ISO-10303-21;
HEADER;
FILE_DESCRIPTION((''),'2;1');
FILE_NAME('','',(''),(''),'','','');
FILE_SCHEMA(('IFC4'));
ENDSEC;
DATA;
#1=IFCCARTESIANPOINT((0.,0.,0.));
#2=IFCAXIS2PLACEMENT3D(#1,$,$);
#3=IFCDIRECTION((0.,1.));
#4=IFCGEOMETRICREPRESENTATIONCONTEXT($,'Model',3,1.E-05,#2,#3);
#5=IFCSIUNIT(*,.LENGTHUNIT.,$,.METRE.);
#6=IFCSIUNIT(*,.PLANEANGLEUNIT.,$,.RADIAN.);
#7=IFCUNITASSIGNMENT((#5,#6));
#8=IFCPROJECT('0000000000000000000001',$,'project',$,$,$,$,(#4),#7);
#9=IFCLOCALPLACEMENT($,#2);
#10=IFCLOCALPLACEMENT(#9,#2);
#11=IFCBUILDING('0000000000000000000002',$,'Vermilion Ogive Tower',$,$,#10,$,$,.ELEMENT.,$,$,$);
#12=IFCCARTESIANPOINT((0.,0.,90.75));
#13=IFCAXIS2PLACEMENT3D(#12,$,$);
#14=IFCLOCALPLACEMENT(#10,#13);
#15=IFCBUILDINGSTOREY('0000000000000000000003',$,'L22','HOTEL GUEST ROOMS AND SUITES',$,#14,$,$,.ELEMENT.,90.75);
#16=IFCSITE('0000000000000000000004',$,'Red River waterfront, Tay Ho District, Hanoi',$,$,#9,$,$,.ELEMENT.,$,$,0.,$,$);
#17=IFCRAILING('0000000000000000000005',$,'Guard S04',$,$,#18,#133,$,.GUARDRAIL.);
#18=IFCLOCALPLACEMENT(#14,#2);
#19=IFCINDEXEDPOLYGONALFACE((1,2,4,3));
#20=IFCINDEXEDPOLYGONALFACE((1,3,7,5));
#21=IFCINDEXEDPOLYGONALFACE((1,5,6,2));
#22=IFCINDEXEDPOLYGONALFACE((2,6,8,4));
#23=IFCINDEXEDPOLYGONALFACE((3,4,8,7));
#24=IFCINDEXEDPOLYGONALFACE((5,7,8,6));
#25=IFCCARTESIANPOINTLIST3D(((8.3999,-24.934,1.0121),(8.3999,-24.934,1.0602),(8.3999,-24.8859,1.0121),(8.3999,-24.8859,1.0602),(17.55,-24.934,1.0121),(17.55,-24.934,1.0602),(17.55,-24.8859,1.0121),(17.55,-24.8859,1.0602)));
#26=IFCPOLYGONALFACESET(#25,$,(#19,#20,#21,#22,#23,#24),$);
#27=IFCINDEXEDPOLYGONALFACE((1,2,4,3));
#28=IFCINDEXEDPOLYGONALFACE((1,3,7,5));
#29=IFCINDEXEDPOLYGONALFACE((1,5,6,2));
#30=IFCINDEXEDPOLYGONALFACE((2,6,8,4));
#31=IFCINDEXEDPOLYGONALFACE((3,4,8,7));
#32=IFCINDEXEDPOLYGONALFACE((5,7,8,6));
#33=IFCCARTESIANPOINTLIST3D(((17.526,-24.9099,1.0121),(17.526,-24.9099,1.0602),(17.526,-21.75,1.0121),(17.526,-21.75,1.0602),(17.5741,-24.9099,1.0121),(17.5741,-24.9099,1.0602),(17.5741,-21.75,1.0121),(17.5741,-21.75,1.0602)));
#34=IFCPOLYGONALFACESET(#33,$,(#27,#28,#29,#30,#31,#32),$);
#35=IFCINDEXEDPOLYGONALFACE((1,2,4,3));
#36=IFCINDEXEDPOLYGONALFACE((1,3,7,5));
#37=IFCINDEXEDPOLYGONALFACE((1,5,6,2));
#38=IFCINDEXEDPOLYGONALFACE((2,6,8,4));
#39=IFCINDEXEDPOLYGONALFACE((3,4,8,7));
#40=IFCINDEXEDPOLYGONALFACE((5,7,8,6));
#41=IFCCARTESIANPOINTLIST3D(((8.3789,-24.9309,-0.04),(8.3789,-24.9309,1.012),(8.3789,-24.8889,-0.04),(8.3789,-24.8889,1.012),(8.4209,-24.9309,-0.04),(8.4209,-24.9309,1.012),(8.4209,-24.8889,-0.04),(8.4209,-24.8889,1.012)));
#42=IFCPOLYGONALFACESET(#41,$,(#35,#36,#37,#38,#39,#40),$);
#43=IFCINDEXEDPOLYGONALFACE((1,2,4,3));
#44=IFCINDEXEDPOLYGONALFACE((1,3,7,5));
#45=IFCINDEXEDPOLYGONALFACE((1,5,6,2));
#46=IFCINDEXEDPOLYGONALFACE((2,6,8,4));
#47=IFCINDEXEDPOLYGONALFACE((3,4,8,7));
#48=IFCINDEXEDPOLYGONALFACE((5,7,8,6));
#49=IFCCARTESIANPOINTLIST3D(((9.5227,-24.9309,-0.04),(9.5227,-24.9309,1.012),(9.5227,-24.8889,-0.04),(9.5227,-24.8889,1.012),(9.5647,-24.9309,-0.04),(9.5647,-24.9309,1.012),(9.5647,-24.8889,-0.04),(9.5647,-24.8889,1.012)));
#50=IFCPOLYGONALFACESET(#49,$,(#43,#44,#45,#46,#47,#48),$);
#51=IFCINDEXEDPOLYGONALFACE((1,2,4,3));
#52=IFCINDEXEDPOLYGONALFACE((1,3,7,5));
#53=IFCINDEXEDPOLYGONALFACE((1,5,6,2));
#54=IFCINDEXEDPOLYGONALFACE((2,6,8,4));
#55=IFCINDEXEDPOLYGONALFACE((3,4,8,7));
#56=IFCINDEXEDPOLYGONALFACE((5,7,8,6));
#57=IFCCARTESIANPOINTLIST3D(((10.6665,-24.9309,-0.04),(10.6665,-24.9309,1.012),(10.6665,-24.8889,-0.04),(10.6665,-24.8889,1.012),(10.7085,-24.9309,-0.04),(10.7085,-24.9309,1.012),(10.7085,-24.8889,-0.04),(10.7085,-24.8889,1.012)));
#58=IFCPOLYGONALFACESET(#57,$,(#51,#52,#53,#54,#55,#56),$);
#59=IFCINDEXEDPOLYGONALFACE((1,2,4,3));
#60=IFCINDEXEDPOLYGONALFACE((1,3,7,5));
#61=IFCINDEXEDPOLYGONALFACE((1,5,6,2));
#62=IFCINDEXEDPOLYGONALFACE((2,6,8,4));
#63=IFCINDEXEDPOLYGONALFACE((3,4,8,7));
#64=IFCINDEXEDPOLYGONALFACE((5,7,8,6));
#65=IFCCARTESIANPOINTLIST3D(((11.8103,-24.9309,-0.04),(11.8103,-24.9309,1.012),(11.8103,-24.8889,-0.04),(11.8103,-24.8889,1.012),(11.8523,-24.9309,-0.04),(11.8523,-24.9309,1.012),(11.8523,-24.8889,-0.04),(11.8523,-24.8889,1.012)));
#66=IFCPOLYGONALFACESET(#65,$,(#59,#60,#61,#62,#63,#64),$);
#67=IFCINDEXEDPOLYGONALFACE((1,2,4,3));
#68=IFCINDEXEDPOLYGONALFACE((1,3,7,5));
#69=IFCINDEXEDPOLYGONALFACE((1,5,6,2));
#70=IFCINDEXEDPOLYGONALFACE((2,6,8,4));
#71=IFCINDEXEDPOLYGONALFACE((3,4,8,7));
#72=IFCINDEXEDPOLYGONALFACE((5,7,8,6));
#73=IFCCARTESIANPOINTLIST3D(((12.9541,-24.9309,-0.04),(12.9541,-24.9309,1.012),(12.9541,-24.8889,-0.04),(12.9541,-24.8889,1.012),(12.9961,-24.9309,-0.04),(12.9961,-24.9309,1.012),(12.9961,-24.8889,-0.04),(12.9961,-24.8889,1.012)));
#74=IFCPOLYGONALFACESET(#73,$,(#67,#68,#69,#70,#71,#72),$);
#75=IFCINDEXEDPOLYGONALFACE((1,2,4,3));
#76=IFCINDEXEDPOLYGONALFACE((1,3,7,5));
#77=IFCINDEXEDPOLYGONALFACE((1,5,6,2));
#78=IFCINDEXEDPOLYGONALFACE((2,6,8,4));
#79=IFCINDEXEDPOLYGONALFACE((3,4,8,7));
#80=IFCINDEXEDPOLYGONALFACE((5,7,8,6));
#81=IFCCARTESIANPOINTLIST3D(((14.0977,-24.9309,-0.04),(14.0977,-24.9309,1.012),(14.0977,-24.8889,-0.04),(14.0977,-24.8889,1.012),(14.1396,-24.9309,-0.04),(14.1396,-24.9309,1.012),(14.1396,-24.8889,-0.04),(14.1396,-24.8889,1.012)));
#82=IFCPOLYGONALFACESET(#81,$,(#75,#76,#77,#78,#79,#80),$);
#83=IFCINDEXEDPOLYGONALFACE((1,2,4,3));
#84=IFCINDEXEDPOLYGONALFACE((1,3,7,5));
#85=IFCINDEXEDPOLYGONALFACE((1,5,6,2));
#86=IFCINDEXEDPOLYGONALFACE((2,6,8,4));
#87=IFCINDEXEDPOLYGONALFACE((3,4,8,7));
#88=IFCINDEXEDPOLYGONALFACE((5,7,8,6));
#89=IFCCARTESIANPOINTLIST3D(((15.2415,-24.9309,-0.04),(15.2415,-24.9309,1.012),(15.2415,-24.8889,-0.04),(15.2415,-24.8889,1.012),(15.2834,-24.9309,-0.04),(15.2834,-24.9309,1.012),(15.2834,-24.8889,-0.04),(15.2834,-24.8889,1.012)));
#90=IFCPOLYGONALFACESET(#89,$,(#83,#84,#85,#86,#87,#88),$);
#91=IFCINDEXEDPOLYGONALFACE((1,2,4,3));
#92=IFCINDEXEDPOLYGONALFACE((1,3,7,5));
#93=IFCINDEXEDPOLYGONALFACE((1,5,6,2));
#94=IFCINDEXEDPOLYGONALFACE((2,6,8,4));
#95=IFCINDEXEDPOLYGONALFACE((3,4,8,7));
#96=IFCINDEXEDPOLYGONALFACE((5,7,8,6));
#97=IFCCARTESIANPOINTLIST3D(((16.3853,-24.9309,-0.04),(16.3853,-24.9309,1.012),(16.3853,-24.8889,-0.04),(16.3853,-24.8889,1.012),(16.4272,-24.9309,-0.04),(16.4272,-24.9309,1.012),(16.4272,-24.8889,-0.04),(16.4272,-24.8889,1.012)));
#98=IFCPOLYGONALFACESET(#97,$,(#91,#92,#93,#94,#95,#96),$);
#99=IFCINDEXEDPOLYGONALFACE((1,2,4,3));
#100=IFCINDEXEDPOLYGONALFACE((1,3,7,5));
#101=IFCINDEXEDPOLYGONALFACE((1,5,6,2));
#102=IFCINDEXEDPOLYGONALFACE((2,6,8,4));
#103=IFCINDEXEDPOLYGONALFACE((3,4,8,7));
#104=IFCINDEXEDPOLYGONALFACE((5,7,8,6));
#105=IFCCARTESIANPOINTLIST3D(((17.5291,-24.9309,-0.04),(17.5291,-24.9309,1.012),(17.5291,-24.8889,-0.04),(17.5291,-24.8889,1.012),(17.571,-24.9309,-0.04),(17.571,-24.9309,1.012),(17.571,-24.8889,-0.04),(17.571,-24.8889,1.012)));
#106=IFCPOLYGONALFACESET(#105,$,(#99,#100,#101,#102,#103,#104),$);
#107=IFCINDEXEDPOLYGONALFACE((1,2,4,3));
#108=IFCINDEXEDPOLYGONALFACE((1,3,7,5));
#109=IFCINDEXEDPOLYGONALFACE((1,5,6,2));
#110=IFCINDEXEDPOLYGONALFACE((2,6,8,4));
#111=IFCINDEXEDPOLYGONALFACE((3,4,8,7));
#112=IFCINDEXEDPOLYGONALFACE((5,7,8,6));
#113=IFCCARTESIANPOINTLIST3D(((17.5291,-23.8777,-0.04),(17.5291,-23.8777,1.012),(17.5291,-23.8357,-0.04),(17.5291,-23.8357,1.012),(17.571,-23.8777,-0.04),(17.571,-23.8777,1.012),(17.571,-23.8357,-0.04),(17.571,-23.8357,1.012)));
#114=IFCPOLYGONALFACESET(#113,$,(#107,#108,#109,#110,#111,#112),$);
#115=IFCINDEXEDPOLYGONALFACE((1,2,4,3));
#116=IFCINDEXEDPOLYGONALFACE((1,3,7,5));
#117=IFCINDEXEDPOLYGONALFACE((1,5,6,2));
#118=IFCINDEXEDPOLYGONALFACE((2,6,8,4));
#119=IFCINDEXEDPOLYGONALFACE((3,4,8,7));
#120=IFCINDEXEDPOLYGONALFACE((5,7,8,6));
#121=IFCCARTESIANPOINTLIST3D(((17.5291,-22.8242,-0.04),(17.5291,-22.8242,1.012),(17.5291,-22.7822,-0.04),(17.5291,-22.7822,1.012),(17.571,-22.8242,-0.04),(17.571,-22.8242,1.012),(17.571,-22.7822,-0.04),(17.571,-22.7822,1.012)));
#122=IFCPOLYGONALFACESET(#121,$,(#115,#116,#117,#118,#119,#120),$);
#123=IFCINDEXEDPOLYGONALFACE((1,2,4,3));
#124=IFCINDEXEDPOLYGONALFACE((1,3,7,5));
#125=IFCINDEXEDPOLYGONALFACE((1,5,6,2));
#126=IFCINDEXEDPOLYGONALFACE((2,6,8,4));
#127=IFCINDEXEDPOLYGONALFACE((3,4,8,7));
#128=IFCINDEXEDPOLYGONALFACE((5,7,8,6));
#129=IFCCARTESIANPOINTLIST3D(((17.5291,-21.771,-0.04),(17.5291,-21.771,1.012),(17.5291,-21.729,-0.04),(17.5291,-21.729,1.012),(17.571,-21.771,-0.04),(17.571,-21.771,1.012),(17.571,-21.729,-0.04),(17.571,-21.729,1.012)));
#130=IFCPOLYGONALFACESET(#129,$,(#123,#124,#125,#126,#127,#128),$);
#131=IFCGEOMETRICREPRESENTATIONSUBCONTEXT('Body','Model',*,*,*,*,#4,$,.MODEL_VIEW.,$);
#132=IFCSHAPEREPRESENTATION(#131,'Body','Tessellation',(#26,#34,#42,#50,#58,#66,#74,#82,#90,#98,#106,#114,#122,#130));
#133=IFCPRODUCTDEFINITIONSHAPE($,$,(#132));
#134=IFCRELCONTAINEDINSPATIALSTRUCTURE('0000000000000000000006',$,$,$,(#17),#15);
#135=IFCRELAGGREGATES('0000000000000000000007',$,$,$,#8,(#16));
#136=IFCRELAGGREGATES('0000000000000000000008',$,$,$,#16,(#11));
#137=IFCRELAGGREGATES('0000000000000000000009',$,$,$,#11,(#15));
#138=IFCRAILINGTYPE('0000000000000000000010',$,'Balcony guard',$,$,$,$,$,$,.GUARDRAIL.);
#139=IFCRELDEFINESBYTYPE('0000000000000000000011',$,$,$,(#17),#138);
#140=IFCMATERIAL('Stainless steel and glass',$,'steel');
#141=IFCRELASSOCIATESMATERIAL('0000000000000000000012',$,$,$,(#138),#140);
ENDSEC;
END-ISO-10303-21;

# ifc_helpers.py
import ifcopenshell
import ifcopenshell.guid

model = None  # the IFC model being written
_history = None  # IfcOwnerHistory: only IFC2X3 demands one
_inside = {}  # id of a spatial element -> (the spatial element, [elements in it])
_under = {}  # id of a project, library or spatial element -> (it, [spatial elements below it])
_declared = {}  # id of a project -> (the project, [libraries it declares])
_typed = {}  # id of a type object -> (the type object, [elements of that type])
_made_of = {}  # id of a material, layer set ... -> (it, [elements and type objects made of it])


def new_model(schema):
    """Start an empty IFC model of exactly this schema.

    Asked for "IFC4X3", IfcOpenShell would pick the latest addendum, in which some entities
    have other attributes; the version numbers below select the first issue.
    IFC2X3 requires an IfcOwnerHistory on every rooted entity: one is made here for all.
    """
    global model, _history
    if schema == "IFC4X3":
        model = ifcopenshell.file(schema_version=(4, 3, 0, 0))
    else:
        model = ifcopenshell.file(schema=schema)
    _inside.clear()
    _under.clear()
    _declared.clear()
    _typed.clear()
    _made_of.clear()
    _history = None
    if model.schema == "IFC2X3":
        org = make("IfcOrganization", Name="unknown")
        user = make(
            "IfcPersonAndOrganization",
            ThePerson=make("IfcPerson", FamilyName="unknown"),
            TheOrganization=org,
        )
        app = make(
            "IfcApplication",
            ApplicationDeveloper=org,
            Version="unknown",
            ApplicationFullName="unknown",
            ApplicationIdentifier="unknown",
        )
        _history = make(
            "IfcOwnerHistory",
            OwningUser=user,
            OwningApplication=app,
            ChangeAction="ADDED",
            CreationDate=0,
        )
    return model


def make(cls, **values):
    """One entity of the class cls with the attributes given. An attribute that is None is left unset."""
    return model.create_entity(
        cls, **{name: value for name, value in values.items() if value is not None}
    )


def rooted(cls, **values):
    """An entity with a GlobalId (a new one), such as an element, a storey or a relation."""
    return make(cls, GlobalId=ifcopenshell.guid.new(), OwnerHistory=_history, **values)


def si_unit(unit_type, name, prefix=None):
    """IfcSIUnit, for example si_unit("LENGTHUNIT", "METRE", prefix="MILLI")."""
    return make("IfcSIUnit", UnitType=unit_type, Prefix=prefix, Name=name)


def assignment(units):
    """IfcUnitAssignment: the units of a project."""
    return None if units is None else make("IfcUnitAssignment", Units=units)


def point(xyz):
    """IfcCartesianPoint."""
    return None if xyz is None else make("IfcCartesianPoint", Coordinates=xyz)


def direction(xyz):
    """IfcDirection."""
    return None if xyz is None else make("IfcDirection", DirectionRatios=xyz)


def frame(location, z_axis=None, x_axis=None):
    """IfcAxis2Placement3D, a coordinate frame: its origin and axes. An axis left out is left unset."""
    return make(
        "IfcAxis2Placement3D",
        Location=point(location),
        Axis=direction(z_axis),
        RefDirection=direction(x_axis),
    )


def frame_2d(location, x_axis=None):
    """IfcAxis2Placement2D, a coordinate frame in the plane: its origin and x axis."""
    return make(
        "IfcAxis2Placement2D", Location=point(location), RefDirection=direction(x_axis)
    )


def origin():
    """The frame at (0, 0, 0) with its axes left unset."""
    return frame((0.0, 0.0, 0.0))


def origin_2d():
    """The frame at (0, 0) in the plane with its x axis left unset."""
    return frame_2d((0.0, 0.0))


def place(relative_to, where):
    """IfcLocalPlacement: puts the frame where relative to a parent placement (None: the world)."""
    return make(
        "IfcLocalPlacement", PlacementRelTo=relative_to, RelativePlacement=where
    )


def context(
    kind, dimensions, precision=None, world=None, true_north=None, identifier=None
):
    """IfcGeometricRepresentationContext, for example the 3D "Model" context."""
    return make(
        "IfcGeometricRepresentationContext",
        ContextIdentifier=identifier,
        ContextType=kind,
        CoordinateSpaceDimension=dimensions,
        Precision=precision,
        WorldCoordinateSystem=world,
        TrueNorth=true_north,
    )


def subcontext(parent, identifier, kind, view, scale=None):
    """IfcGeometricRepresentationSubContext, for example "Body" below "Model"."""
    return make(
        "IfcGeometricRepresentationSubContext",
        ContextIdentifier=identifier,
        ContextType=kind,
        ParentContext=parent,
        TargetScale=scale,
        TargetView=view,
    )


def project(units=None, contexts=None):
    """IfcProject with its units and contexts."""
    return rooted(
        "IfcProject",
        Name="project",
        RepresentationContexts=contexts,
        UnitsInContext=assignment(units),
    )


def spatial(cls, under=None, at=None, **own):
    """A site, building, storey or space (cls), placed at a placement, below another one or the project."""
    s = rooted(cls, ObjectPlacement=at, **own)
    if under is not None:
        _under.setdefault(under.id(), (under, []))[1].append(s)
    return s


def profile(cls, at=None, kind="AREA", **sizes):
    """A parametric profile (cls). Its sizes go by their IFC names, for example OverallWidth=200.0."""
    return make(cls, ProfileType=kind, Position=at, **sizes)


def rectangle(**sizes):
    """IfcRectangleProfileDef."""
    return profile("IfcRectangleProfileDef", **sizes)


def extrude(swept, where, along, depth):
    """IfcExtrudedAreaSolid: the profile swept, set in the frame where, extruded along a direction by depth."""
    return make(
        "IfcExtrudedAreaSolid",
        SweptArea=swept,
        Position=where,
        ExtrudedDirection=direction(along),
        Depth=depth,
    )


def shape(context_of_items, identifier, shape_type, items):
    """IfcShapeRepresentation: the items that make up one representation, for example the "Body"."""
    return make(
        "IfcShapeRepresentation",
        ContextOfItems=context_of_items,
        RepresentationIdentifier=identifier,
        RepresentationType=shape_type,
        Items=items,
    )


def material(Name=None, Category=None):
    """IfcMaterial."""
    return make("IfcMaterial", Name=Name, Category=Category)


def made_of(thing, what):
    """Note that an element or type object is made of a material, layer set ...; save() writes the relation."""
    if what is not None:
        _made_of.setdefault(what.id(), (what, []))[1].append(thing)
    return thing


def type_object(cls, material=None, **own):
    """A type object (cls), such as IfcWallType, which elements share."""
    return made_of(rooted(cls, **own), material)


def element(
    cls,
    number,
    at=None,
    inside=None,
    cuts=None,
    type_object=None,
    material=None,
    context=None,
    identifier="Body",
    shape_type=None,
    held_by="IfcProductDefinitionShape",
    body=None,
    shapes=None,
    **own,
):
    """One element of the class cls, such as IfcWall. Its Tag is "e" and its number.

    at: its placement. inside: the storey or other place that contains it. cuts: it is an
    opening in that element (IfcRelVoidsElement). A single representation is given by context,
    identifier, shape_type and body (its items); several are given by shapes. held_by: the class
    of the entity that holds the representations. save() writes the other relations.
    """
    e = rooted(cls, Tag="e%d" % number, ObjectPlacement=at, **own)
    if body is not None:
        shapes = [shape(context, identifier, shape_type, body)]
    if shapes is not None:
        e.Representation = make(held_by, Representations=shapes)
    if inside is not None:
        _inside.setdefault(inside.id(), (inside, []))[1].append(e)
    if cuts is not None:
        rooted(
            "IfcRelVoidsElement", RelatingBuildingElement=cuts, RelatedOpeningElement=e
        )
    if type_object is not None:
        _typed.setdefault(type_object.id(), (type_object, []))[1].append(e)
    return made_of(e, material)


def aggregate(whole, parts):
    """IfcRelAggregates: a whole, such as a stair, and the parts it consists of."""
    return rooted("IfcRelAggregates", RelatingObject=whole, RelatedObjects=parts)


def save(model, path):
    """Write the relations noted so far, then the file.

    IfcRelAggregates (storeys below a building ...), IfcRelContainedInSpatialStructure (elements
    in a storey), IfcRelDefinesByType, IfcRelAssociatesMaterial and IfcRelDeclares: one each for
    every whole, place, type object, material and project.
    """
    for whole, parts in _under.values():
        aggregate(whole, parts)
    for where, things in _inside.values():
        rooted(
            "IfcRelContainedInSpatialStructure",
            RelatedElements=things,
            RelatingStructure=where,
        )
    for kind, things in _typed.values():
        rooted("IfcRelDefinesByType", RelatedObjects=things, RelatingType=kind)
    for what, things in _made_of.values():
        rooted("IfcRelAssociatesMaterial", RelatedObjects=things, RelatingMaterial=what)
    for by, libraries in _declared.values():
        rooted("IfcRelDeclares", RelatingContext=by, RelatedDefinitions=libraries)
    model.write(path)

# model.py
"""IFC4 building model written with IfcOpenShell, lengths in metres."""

from ifc_helpers import new_model, si_unit, direction, frame, origin, origin_2d, place, context, subcontext, project, spatial, rectangle, extrude, material, type_object, element, save


model = new_model("IFC4")

# Units and contexts
model_context = context("Model", 3, precision=1e-05, world=origin(), true_north=direction((0.0, 1.0)))
body_context = subcontext(model_context, "Body", "Model", "MODEL_VIEW")
ifc_project = project(units=[si_unit("LENGTHUNIT", "METRE"), si_unit("PLANEANGLEUNIT", "RADIAN")], contexts=[model_context])

# Site, building, storey
site_placement = place(None, origin())
site = spatial("IfcSite", under=ifc_project, at=site_placement, Name="Red River waterfront, Tay Ho District, Hanoi", CompositionType="ELEMENT", RefElevation=0.0)
building_placement = place(site_placement, origin())
building = spatial("IfcBuilding", under=site, at=building_placement, Name="Vermilion Ogive Tower", CompositionType="ELEMENT")
storey_placement = place(building_placement, frame((0.0, 0.0, 90.75)))
storey = spatial("IfcBuildingStorey", under=building, at=storey_placement, Name="L22", Description="HOTEL GUEST ROOMS AND SUITES", CompositionType="ELEMENT", Elevation=90.75)

# Railing
ifc_material_1 = material(Name="Stainless steel and glass", Category="steel")
railing_type_1 = type_object("IfcRailingType", Name="Balcony guard", PredefinedType="GUARDRAIL", material=ifc_material_1)
railing_1_placement = place(storey_placement, frame((8.3999, -24.9099, -0.04)))
element("IfcRailing", 1, at=railing_1_placement, inside=storey, type_object=railing_type_1, Name="Guard S04", PredefinedType="GUARDRAIL", context=body_context, shape_type="SweptSolid", body=[
    extrude(rectangle(XDim=0.0481, YDim=0.0481, at=origin_2d()), frame((0.0, 0.0, 1.0762), z_axis=(1.0, 0.0, 0.0), x_axis=(0.0, 1.0, 0.0)), (0.0, 0.0, 1.0), 9.1501),
    extrude(rectangle(XDim=0.0481, YDim=0.0481, at=origin_2d()), frame((9.1501, 0.0, 1.0762), z_axis=(0.0, 1.0, 0.0), x_axis=(-1.0, 0.0, 0.0)), (0.0, 0.0, 1.0), 3.1599),
    extrude(rectangle(XDim=0.042, YDim=0.042, at=origin_2d()), origin(), (0.0, 0.0, 1.0), 1.052),
    extrude(rectangle(XDim=0.042, YDim=0.042, at=origin_2d()), frame((1.1438, 0.0, 0.0)), (0.0, 0.0, 1.0), 1.052),
    extrude(rectangle(XDim=0.042, YDim=0.042, at=origin_2d()), frame((2.2876, 0.0, 0.0)), (0.0, 0.0, 1.0), 1.052),
    extrude(rectangle(XDim=0.042, YDim=0.042, at=origin_2d()), frame((3.4314, 0.0, 0.0)), (0.0, 0.0, 1.0), 1.052),
    extrude(rectangle(XDim=0.042, YDim=0.042, at=origin_2d()), frame((4.5752, 0.0, 0.0)), (0.0, 0.0, 1.0), 1.052),
    extrude(rectangle(XDim=0.042, YDim=0.042, at=origin_2d()), frame((5.7188, 0.0, 0.0)), (0.0, 0.0, 1.0), 1.052),
    extrude(rectangle(XDim=0.042, YDim=0.042, at=origin_2d()), frame((6.8625, 0.0, 0.0)), (0.0, 0.0, 1.0), 1.052),
    extrude(rectangle(XDim=0.042, YDim=0.042, at=origin_2d()), frame((8.0063, 0.0, 0.0)), (0.0, 0.0, 1.0), 1.052),
    extrude(rectangle(XDim=0.042, YDim=0.042, at=origin_2d()), frame((9.1501, 0.0, 0.0)), (0.0, 0.0, 1.0), 1.052),
    extrude(rectangle(XDim=0.042, YDim=0.042, at=origin_2d()), frame((9.1501, 1.0532, 0.0)), (0.0, 0.0, 1.0), 1.052),
    extrude(rectangle(XDim=0.042, YDim=0.042, at=origin_2d()), frame((9.1501, 2.1067, 0.0)), (0.0, 0.0, 1.0), 1.052),
    extrude(rectangle(XDim=0.042, YDim=0.042, at=origin_2d()), frame((9.1501, 3.1599, 0.0)), (0.0, 0.0, 1.0), 1.052),
])

save(model, "model.ifc")
